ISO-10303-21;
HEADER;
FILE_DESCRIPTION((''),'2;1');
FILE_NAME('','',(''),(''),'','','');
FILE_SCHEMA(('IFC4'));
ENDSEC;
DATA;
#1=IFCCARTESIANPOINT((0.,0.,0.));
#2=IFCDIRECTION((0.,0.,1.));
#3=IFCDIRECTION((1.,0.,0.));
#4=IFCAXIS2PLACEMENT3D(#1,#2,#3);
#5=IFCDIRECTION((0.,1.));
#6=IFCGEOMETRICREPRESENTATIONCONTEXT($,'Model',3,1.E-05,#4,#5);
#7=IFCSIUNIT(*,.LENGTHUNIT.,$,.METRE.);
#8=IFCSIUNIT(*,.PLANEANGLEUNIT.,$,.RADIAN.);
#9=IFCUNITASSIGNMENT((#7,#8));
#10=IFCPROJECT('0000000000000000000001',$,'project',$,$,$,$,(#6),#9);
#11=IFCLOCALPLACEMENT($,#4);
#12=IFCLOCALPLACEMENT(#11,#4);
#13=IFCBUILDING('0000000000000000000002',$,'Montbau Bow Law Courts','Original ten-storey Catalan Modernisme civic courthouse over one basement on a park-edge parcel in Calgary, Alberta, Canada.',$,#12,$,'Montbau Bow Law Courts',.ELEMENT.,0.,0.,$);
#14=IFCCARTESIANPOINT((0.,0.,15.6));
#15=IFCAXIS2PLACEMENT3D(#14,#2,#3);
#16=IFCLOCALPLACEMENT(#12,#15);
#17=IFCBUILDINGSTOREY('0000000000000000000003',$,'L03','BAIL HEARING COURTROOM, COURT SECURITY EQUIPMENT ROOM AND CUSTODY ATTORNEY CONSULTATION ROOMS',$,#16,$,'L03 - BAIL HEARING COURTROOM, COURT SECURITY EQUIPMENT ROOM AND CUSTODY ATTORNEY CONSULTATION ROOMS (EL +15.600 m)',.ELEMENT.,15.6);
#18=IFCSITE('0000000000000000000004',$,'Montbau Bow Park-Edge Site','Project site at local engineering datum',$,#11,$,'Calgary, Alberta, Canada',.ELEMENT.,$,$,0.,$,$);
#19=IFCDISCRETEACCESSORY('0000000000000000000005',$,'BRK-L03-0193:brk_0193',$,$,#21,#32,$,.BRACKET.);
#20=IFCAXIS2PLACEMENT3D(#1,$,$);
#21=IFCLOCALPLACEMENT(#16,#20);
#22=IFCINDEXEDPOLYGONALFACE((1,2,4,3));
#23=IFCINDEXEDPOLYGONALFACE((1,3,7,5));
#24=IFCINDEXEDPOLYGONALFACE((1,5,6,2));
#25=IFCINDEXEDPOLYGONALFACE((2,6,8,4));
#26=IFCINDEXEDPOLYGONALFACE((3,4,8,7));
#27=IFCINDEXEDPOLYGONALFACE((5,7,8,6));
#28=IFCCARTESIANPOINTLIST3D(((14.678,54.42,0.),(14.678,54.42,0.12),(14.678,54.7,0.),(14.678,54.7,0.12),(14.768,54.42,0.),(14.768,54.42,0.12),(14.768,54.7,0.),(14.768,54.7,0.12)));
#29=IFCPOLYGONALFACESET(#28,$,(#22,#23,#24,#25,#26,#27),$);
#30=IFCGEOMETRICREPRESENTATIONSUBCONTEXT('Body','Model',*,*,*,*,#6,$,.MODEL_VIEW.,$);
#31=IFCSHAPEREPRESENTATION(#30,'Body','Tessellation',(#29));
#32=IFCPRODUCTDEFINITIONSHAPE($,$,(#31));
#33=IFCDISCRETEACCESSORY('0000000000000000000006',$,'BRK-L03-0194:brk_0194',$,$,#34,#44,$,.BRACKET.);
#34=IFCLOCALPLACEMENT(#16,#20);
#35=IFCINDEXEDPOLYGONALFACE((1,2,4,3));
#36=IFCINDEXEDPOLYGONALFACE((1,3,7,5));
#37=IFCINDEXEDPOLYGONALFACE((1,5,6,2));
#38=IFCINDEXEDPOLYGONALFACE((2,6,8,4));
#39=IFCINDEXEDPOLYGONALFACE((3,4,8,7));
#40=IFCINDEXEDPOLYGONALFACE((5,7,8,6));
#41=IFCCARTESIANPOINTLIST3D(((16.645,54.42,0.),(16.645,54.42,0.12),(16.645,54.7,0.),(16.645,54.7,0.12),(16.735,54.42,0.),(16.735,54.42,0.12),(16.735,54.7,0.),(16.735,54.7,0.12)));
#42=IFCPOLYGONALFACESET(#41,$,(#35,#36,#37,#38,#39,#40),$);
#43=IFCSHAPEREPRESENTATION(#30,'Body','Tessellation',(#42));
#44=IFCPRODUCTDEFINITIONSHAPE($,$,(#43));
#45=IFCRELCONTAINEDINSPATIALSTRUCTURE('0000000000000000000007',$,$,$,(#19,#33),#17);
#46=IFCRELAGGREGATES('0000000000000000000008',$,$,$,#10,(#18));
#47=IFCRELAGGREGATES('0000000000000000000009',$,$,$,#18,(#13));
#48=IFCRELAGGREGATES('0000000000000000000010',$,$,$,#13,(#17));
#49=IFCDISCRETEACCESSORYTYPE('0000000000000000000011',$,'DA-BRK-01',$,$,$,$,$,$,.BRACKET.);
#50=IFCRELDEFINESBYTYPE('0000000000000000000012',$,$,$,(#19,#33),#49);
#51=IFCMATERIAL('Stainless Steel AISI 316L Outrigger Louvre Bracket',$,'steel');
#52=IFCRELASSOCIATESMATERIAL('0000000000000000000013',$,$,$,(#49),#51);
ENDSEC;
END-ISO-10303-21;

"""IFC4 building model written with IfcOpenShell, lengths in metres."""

from ifc_helpers import new_model, si_unit, direction, frame, origin_with_axes, origin_2d_with_axis, place, context, subcontext, project, spatial, rectangle, extrude, material, type_object, element, save


model = new_model("IFC4")

# Units and contexts
model_context = context("Model", 3, precision=1e-05, world=origin_with_axes(), true_north=direction((0.0, 1.0)))
body_context = subcontext(model_context, "Body", "Model", "MODEL_VIEW")
ifc_project = project(units=[si_unit("LENGTHUNIT", "METRE"), si_unit("PLANEANGLEUNIT", "RADIAN")], contexts=[model_context])

# Site, building, storey
site_placement = place(None, origin_with_axes())
site = spatial("IfcSite", under=ifc_project, at=site_placement, Name="Montbau Bow Park-Edge Site", Description="Project site at local engineering datum", LongName="Calgary, Alberta, Canada", CompositionType="ELEMENT", RefElevation=0.0)
building_placement = place(site_placement, origin_with_axes())
building = spatial("IfcBuilding", under=site, at=building_placement, Name="Montbau Bow Law Courts", Description="Original ten-storey Catalan Modernisme civic courthouse over one basement on a park-edge parcel in Calgary, Alberta, Canada.", LongName="Montbau Bow Law Courts", CompositionType="ELEMENT", ElevationOfRefHeight=0.0, ElevationOfTerrain=0.0)
storey_placement = place(building_placement, frame((0.0, 0.0, 15.6), z_axis=(0.0, 0.0, 1.0), x_axis=(1.0, 0.0, 0.0)))
storey = spatial("IfcBuildingStorey", under=building, at=storey_placement, Name="L03", Description="BAIL HEARING COURTROOM, COURT SECURITY EQUIPMENT ROOM AND CUSTODY ATTORNEY CONSULTATION ROOMS", LongName="L03 - BAIL HEARING COURTROOM, COURT SECURITY EQUIPMENT ROOM AND CUSTODY ATTORNEY CONSULTATION ROOMS (EL +15.600 m)", CompositionType="ELEMENT", Elevation=15.6)

# Discrete accessories
ifc_material_1 = material(Name="Stainless Steel AISI 316L Outrigger Louvre Bracket", Category="steel")
discrete_accessory_type = type_object("IfcDiscreteAccessoryType", Name="DA-BRK-01", PredefinedType="BRACKET", material=ifc_material_1)
for number, where, z_axis, x_axis, name in (
    (1, (14.723, 54.56, 15.6), (0.0, 0.0, 1.0), (0.0, 1.0, 0.0), "BRK-L03-0193:brk_0193"),
    (2, (16.69, 54.56, 15.6), (0.0, 0.0, 1.0), (0.0, 1.0, 0.0), "BRK-L03-0194:brk_0194"),
):
    element("IfcDiscreteAccessory", number, at=place(None, frame(where, z_axis=z_axis, x_axis=x_axis)), inside=storey, type_object=discrete_accessory_type, Name=name, PredefinedType="BRACKET", context=body_context, shape_type="SweptSolid", body=[
        extrude(rectangle(XDim=0.28, YDim=0.09, at=origin_2d_with_axis()), origin_with_axes(), (0.0, 0.0, 1.0), 0.12),
    ])

save(model, "model.ifc")
